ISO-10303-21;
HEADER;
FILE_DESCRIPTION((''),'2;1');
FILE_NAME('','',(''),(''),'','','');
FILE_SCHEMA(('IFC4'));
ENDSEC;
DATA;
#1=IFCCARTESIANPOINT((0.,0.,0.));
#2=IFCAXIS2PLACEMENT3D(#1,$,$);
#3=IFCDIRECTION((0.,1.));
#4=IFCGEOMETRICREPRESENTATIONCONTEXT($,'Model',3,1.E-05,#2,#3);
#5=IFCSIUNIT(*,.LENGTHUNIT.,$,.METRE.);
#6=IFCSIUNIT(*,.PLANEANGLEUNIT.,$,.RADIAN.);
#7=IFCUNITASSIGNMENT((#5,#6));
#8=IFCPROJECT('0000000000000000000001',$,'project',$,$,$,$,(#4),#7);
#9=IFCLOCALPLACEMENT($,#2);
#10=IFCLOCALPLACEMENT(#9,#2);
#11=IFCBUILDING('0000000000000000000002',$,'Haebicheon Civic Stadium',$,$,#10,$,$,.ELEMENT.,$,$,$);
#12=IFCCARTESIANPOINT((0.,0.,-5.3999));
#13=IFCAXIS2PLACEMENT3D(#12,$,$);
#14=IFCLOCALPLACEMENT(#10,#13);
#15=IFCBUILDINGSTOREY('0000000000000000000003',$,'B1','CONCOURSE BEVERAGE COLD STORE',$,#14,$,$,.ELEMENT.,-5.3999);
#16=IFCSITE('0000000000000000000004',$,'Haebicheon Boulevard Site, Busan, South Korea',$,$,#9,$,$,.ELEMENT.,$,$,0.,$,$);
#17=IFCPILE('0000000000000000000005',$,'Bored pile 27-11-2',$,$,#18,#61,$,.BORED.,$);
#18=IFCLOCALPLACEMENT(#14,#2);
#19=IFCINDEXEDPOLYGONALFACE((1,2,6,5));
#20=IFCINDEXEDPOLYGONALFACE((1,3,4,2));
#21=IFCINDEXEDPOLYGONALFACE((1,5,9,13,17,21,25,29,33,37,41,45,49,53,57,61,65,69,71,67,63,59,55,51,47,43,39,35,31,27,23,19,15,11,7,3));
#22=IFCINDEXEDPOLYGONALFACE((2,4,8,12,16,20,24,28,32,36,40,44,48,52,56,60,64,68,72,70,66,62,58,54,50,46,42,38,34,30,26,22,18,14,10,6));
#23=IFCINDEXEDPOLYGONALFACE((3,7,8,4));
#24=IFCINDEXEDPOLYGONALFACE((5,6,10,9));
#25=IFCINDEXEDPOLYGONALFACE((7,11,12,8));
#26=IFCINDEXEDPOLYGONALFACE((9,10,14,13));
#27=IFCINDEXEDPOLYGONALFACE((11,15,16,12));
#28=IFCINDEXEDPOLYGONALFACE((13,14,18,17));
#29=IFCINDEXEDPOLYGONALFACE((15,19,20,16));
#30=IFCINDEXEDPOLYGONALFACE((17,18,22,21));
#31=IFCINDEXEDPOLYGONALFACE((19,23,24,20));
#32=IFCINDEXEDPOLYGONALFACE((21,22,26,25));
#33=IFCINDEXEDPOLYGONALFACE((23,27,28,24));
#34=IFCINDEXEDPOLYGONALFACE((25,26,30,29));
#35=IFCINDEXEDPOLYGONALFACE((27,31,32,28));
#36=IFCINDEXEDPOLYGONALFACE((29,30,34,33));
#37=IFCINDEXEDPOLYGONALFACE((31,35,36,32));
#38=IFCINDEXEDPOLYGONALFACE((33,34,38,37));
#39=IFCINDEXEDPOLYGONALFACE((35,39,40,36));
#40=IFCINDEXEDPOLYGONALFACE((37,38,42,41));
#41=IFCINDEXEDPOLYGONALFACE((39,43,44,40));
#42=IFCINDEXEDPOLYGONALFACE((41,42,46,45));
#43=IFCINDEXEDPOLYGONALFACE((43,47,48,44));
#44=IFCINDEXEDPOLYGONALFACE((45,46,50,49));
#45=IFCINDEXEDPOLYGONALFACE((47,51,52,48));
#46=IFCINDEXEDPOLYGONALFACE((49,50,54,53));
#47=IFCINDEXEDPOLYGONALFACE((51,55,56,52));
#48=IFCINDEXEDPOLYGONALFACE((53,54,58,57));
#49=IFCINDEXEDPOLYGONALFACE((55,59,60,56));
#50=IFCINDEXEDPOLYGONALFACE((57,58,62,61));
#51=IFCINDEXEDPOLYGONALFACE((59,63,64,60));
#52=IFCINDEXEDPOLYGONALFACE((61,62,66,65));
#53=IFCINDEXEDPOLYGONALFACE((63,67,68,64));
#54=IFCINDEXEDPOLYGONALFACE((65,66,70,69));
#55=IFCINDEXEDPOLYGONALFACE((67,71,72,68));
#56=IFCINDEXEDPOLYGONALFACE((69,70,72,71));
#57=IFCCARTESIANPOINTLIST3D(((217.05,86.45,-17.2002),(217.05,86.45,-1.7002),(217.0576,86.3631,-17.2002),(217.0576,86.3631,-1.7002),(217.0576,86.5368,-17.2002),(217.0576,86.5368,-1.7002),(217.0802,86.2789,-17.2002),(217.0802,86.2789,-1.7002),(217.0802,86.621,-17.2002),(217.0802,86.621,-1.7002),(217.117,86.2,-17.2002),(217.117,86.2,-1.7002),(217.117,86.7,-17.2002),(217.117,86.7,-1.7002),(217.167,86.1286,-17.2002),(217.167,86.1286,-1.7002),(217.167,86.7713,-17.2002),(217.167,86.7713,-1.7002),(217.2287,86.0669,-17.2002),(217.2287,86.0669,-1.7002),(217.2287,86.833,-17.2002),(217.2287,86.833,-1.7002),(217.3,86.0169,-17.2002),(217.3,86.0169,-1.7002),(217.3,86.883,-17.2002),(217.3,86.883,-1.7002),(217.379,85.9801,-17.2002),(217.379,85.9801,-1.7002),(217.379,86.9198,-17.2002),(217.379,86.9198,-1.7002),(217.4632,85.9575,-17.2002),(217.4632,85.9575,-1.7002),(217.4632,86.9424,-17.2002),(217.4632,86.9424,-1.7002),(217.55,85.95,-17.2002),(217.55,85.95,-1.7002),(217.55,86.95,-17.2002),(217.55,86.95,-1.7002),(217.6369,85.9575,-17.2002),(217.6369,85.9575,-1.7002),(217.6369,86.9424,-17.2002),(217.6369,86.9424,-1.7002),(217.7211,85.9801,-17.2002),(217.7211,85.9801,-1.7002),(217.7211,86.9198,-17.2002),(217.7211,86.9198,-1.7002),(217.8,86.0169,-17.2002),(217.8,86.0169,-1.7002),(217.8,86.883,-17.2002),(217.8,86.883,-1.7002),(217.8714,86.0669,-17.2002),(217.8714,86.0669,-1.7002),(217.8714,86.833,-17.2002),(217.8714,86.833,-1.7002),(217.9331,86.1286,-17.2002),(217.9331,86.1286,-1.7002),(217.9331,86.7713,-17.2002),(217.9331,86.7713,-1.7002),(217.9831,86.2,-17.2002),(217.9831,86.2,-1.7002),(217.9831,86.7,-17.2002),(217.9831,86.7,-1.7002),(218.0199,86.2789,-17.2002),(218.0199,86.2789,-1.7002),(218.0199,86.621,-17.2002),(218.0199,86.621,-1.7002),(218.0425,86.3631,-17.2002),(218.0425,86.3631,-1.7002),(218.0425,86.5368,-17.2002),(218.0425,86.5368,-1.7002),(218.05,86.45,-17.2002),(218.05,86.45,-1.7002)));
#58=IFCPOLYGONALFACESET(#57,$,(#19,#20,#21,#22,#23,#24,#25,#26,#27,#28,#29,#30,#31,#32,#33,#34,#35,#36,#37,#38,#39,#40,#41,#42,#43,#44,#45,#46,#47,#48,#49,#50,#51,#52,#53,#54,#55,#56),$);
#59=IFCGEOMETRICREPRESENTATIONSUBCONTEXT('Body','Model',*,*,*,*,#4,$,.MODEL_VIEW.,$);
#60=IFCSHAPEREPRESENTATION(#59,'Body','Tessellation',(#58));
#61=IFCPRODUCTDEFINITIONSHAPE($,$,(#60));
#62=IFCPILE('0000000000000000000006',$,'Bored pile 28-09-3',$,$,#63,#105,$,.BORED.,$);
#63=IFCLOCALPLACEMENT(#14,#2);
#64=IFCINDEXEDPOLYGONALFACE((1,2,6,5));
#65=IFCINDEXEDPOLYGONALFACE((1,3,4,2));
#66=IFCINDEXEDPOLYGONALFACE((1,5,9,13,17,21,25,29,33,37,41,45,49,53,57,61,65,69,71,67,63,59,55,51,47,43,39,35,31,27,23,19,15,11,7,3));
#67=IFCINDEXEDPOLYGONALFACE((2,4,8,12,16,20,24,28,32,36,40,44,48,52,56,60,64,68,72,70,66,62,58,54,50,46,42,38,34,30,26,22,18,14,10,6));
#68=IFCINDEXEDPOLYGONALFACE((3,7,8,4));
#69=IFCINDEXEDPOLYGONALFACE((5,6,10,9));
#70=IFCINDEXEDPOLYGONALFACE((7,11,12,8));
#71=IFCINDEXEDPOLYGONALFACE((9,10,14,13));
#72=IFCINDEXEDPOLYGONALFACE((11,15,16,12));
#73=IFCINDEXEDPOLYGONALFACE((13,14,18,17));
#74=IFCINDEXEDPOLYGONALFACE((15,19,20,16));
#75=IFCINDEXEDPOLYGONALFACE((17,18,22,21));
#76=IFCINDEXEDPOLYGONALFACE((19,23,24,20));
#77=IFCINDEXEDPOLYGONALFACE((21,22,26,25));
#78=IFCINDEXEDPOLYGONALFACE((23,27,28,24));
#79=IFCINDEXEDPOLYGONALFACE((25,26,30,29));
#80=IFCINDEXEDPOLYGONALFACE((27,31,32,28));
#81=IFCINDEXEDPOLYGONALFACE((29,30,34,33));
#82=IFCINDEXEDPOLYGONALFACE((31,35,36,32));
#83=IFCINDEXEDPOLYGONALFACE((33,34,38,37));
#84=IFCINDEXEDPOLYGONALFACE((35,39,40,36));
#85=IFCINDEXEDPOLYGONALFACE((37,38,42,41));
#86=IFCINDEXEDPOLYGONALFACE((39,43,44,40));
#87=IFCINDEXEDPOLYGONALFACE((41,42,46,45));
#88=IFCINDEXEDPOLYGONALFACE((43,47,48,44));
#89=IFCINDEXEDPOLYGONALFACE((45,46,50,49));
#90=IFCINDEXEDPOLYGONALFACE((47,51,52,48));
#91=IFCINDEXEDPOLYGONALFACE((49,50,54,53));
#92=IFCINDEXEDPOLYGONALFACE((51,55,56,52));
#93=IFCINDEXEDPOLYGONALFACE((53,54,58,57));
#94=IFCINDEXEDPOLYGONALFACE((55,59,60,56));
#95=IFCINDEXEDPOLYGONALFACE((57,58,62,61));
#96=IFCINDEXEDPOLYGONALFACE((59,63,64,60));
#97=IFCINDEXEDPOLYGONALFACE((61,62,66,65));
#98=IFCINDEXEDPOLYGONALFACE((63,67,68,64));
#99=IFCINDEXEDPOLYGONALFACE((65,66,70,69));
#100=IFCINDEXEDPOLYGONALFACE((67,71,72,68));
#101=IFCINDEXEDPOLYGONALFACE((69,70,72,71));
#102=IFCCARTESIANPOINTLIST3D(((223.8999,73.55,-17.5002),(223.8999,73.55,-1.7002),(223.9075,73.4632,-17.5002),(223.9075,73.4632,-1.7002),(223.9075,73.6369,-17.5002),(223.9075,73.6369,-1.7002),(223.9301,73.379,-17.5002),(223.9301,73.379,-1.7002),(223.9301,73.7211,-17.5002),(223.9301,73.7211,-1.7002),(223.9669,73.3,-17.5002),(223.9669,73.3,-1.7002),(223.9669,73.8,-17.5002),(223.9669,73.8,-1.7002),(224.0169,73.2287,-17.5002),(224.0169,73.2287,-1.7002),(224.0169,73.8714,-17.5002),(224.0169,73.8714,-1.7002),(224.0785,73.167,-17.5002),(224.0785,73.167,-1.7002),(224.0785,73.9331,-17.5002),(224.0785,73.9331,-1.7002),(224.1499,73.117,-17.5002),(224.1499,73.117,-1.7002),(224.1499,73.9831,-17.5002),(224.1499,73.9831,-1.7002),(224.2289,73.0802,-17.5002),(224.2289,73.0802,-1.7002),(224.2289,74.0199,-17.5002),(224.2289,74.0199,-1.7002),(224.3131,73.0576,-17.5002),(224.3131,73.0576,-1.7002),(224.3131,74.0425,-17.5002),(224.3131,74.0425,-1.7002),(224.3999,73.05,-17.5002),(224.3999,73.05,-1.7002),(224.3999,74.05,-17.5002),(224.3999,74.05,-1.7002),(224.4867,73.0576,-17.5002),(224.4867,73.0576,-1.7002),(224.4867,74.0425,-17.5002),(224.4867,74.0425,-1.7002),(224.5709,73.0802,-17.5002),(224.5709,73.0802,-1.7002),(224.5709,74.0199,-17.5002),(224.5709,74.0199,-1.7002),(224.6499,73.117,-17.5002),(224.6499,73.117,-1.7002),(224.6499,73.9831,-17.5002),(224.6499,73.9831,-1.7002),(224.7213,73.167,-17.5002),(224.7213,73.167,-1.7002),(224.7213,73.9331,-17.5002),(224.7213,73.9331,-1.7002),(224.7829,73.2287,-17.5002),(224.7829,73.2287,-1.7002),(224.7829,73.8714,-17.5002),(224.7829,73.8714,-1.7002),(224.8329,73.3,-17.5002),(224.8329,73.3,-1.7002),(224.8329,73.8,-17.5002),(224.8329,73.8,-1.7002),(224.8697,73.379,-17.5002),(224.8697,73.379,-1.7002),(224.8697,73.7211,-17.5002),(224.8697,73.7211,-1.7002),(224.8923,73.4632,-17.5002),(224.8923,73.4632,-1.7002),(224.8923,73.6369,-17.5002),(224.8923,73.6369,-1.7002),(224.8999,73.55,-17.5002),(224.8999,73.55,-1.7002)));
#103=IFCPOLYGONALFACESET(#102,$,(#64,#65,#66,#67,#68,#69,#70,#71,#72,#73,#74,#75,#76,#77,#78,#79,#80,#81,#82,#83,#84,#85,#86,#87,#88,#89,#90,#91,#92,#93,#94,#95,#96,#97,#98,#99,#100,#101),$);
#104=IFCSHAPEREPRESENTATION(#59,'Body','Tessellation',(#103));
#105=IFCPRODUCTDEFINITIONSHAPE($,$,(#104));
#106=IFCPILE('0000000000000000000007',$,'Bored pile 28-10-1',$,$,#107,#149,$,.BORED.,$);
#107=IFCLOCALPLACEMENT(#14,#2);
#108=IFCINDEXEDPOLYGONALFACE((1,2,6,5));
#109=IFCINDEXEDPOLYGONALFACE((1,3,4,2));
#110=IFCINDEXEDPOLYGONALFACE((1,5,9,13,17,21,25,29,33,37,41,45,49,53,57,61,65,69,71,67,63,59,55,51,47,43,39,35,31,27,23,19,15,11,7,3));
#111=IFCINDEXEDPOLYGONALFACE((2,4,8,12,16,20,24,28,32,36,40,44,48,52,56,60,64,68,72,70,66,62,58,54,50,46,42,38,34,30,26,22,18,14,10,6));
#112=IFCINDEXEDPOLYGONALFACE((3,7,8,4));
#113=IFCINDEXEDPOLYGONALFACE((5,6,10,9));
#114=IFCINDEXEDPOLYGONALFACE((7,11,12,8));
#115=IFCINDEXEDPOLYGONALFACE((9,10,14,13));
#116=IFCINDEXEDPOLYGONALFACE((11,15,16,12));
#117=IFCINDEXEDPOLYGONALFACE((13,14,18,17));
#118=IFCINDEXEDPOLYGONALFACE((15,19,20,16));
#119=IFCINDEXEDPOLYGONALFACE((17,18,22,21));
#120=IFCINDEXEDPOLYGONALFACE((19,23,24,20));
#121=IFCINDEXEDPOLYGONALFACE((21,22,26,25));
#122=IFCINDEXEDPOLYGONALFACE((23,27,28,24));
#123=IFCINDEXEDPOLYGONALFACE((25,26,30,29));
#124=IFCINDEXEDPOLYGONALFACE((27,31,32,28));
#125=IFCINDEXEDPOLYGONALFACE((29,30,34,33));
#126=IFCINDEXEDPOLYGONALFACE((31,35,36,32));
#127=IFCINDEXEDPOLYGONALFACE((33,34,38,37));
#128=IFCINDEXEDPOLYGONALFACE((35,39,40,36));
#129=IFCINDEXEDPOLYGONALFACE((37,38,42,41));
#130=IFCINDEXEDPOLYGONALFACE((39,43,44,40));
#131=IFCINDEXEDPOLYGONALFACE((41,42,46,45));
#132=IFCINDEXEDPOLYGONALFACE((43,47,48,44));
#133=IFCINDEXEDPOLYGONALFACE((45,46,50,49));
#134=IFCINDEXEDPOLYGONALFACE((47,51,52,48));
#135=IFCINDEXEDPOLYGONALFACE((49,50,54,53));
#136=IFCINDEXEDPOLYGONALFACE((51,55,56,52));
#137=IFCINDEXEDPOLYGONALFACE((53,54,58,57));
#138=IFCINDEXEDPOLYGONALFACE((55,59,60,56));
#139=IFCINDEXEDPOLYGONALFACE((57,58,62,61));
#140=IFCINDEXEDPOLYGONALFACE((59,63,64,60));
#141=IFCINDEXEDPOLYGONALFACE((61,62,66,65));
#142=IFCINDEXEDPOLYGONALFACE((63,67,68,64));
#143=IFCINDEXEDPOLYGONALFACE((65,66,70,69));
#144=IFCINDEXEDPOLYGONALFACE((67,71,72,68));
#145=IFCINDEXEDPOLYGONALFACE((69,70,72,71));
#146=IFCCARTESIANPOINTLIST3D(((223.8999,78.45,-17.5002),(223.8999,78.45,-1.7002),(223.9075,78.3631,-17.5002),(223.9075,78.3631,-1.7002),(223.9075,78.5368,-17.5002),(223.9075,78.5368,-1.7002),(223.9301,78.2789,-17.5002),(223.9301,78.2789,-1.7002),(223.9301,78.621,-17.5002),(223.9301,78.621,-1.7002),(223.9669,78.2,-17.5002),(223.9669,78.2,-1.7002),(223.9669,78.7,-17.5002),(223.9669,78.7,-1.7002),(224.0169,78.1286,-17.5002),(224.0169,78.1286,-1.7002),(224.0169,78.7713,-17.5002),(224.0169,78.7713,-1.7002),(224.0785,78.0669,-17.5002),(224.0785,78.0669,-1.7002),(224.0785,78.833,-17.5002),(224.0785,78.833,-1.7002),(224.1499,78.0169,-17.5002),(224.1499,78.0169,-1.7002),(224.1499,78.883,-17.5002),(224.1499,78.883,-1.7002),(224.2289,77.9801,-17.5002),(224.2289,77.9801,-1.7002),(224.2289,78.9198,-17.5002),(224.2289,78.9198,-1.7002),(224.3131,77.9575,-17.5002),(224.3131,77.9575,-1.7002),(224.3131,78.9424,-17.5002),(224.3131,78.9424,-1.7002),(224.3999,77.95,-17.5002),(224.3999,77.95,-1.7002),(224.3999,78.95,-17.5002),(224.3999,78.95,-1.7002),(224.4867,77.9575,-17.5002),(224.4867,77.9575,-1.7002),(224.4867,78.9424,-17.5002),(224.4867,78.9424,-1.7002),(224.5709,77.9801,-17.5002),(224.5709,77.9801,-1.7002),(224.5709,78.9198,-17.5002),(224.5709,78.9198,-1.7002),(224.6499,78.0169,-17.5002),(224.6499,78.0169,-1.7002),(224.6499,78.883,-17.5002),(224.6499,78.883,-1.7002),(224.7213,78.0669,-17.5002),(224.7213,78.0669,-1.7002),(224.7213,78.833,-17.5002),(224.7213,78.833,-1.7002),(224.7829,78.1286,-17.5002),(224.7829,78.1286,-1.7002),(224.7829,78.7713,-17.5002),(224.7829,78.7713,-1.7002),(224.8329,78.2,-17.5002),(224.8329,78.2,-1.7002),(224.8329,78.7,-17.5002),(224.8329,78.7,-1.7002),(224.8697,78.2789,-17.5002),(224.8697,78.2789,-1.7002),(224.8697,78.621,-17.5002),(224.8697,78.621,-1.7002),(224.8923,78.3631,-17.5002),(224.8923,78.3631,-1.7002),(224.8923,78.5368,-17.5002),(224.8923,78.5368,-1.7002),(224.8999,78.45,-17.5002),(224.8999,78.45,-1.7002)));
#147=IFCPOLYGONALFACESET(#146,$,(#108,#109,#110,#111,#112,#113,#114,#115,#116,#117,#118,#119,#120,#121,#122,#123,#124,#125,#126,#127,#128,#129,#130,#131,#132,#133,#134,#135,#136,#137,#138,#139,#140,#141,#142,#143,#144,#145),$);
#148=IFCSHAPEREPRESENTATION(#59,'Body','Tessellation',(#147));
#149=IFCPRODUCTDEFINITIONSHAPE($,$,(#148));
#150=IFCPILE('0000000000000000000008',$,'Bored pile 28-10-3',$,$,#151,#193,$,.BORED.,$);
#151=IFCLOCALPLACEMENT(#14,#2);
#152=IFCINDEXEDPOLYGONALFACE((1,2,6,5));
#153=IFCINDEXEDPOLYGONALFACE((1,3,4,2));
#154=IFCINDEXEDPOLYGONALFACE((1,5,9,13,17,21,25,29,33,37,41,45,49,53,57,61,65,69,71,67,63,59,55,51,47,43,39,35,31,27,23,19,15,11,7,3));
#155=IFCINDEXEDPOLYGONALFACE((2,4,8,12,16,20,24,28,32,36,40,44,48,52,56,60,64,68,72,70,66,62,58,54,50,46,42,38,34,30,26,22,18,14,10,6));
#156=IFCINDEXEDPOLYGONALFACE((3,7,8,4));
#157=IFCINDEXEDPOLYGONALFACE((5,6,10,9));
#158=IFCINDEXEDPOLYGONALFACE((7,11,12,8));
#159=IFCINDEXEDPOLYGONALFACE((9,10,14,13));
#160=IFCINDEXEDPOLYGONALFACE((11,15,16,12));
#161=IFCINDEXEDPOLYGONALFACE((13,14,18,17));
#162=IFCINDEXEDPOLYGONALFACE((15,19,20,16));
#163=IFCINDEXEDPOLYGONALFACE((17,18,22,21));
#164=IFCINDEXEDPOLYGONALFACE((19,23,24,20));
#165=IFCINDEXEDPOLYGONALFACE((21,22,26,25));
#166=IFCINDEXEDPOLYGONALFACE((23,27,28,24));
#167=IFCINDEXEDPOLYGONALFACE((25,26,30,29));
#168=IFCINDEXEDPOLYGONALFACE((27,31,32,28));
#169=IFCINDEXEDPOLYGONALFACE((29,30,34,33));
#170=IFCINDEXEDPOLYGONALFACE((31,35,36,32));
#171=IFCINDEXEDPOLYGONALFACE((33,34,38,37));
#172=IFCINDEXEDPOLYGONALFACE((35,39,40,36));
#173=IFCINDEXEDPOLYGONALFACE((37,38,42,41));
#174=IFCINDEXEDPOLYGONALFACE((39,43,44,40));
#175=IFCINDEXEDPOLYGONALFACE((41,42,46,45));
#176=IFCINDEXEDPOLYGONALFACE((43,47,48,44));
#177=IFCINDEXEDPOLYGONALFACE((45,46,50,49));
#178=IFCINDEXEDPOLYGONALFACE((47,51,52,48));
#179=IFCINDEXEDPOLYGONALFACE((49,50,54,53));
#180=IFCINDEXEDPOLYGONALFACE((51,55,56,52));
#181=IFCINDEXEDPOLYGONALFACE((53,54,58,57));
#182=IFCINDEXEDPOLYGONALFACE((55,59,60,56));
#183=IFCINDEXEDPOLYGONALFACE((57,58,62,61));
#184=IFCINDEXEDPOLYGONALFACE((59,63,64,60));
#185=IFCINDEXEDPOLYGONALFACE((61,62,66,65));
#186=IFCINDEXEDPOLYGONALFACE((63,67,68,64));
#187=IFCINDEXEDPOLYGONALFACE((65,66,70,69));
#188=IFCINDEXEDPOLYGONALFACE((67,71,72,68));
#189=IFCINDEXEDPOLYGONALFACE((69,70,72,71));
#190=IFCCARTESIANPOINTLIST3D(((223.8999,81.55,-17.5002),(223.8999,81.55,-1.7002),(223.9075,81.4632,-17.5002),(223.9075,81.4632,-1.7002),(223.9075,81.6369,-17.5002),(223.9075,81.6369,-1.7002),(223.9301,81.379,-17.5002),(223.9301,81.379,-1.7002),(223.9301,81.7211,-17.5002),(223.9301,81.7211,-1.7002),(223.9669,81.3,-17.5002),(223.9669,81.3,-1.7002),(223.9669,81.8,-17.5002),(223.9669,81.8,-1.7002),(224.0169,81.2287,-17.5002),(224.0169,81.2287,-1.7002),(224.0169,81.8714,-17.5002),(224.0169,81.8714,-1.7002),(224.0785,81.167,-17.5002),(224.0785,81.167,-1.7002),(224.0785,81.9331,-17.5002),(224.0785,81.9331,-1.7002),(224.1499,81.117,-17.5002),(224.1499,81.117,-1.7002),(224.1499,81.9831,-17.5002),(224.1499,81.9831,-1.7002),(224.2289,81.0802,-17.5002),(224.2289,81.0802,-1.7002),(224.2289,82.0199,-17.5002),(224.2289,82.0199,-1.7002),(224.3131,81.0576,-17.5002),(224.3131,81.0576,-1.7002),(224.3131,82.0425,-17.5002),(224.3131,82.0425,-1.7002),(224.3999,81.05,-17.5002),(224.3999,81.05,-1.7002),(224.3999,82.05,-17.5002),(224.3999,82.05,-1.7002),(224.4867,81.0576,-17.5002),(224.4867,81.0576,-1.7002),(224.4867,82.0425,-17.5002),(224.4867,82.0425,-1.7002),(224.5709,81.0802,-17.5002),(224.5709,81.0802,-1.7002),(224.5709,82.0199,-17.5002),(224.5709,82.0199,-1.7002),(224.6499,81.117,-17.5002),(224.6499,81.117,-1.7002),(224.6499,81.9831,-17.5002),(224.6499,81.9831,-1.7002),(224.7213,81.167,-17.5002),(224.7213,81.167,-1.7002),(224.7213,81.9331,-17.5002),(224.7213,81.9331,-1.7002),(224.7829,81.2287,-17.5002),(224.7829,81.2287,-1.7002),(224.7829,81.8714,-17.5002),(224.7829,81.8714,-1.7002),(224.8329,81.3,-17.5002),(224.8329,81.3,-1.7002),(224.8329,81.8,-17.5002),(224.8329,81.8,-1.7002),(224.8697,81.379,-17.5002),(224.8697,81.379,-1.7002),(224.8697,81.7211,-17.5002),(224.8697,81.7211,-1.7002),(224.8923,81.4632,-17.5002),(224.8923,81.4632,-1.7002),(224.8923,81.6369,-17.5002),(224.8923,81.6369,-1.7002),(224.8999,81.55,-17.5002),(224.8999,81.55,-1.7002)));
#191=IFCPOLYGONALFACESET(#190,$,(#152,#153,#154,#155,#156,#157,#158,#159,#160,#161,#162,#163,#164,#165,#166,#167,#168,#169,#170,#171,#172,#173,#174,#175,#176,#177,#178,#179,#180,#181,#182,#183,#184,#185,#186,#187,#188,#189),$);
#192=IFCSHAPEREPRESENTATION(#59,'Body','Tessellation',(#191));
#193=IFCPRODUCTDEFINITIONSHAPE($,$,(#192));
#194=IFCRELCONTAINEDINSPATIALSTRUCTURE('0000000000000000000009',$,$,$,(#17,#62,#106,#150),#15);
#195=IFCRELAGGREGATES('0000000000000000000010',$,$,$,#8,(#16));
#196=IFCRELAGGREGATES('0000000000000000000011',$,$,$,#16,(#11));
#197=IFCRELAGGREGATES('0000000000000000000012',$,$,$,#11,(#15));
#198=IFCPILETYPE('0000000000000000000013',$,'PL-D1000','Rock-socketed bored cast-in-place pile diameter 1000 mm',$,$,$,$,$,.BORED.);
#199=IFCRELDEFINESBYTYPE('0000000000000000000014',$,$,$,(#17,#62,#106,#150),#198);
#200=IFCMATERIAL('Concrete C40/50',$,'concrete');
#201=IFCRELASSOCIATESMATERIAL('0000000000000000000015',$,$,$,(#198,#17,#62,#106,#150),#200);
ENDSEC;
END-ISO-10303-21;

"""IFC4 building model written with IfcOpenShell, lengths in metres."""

from ifc_helpers import new_model, si_unit, direction, frame, origin, origin_2d, place, context, subcontext, project, spatial, circle, extrude, material, material_profile, profile_set, type_object, element, save


model = new_model("IFC4")

# Units and contexts
model_context = context("Model", 3, precision=1e-05, world=origin(), true_north=direction((0.0, 1.0)))
body_context = subcontext(model_context, "Body", "Model", "MODEL_VIEW")
ifc_project = project(units=[si_unit("LENGTHUNIT", "METRE"), si_unit("PLANEANGLEUNIT", "RADIAN")], contexts=[model_context])

# Site, building, storey
site_placement = place(None, origin())
site = spatial("IfcSite", under=ifc_project, at=site_placement, Name="Haebicheon Boulevard Site, Busan, South Korea", CompositionType="ELEMENT", RefElevation=0.0)
building_placement = place(site_placement, origin())
building = spatial("IfcBuilding", under=site, at=building_placement, Name="Haebicheon Civic Stadium", CompositionType="ELEMENT")
storey_placement = place(building_placement, frame((0.0, 0.0, -5.3999)))
storey = spatial("IfcBuildingStorey", under=building, at=storey_placement, Name="B1", Description="CONCOURSE BEVERAGE COLD STORE", CompositionType="ELEMENT", Elevation=-5.3999)

# Piles
ifc_material_1 = material(Name="Concrete C40/50", Category="concrete")
ifc_material_profile_1 = material_profile(ifc_material_1, circle(Radius=0.5, at=origin_2d()), Name="PILE-D1000")
ifc_profile_set_1 = profile_set([ifc_material_profile_1], Name="Concrete C40/50")
pile_type = type_object("IfcPileType", Name="PL-D1000", Description="Rock-socketed bored cast-in-place pile diameter 1000 mm", PredefinedType="BORED", material=ifc_profile_set_1)
for number, where, z_axis, x_axis, name in (
    (1, (217.55, 86.45, -1.7002), (0.0, 0.0, -1.0), (1.0, 0.0, 0.0), "Bored pile 27-11-2"),
):
    element("IfcPile", number, at=place(storey_placement, frame(where, z_axis=z_axis, x_axis=x_axis)), inside=storey, type_object=pile_type, material=ifc_profile_set_1, Name=name, PredefinedType="BORED", context=body_context, shape_type="SweptSolid", body=[
        extrude(circle(Radius=0.5, at=origin_2d()), origin(), (0.0, 0.0, 1.0), 15.5),
    ])
for number, where, z_axis, x_axis, name in (
    (2, (224.3999, 73.55, -1.7002), (0.0, 0.0, -1.0), (1.0, 0.0, 0.0), "Bored pile 28-09-3"),
    (3, (224.3999, 78.45, -1.7002), (0.0, 0.0, -1.0), (1.0, 0.0, 0.0), "Bored pile 28-10-1"),
    (4, (224.3999, 81.55, -1.7002), (0.0, 0.0, -1.0), (1.0, 0.0, 0.0), "Bored pile 28-10-3"),
):
    element("IfcPile", number, at=place(storey_placement, frame(where, z_axis=z_axis, x_axis=x_axis)), inside=storey, type_object=pile_type, material=ifc_profile_set_1, Name=name, PredefinedType="BORED", context=body_context, shape_type="SweptSolid", body=[
        extrude(circle(Radius=0.5, at=origin_2d()), origin(), (0.0, 0.0, 1.0), 15.8),
    ])

save(model, "model.ifc")
